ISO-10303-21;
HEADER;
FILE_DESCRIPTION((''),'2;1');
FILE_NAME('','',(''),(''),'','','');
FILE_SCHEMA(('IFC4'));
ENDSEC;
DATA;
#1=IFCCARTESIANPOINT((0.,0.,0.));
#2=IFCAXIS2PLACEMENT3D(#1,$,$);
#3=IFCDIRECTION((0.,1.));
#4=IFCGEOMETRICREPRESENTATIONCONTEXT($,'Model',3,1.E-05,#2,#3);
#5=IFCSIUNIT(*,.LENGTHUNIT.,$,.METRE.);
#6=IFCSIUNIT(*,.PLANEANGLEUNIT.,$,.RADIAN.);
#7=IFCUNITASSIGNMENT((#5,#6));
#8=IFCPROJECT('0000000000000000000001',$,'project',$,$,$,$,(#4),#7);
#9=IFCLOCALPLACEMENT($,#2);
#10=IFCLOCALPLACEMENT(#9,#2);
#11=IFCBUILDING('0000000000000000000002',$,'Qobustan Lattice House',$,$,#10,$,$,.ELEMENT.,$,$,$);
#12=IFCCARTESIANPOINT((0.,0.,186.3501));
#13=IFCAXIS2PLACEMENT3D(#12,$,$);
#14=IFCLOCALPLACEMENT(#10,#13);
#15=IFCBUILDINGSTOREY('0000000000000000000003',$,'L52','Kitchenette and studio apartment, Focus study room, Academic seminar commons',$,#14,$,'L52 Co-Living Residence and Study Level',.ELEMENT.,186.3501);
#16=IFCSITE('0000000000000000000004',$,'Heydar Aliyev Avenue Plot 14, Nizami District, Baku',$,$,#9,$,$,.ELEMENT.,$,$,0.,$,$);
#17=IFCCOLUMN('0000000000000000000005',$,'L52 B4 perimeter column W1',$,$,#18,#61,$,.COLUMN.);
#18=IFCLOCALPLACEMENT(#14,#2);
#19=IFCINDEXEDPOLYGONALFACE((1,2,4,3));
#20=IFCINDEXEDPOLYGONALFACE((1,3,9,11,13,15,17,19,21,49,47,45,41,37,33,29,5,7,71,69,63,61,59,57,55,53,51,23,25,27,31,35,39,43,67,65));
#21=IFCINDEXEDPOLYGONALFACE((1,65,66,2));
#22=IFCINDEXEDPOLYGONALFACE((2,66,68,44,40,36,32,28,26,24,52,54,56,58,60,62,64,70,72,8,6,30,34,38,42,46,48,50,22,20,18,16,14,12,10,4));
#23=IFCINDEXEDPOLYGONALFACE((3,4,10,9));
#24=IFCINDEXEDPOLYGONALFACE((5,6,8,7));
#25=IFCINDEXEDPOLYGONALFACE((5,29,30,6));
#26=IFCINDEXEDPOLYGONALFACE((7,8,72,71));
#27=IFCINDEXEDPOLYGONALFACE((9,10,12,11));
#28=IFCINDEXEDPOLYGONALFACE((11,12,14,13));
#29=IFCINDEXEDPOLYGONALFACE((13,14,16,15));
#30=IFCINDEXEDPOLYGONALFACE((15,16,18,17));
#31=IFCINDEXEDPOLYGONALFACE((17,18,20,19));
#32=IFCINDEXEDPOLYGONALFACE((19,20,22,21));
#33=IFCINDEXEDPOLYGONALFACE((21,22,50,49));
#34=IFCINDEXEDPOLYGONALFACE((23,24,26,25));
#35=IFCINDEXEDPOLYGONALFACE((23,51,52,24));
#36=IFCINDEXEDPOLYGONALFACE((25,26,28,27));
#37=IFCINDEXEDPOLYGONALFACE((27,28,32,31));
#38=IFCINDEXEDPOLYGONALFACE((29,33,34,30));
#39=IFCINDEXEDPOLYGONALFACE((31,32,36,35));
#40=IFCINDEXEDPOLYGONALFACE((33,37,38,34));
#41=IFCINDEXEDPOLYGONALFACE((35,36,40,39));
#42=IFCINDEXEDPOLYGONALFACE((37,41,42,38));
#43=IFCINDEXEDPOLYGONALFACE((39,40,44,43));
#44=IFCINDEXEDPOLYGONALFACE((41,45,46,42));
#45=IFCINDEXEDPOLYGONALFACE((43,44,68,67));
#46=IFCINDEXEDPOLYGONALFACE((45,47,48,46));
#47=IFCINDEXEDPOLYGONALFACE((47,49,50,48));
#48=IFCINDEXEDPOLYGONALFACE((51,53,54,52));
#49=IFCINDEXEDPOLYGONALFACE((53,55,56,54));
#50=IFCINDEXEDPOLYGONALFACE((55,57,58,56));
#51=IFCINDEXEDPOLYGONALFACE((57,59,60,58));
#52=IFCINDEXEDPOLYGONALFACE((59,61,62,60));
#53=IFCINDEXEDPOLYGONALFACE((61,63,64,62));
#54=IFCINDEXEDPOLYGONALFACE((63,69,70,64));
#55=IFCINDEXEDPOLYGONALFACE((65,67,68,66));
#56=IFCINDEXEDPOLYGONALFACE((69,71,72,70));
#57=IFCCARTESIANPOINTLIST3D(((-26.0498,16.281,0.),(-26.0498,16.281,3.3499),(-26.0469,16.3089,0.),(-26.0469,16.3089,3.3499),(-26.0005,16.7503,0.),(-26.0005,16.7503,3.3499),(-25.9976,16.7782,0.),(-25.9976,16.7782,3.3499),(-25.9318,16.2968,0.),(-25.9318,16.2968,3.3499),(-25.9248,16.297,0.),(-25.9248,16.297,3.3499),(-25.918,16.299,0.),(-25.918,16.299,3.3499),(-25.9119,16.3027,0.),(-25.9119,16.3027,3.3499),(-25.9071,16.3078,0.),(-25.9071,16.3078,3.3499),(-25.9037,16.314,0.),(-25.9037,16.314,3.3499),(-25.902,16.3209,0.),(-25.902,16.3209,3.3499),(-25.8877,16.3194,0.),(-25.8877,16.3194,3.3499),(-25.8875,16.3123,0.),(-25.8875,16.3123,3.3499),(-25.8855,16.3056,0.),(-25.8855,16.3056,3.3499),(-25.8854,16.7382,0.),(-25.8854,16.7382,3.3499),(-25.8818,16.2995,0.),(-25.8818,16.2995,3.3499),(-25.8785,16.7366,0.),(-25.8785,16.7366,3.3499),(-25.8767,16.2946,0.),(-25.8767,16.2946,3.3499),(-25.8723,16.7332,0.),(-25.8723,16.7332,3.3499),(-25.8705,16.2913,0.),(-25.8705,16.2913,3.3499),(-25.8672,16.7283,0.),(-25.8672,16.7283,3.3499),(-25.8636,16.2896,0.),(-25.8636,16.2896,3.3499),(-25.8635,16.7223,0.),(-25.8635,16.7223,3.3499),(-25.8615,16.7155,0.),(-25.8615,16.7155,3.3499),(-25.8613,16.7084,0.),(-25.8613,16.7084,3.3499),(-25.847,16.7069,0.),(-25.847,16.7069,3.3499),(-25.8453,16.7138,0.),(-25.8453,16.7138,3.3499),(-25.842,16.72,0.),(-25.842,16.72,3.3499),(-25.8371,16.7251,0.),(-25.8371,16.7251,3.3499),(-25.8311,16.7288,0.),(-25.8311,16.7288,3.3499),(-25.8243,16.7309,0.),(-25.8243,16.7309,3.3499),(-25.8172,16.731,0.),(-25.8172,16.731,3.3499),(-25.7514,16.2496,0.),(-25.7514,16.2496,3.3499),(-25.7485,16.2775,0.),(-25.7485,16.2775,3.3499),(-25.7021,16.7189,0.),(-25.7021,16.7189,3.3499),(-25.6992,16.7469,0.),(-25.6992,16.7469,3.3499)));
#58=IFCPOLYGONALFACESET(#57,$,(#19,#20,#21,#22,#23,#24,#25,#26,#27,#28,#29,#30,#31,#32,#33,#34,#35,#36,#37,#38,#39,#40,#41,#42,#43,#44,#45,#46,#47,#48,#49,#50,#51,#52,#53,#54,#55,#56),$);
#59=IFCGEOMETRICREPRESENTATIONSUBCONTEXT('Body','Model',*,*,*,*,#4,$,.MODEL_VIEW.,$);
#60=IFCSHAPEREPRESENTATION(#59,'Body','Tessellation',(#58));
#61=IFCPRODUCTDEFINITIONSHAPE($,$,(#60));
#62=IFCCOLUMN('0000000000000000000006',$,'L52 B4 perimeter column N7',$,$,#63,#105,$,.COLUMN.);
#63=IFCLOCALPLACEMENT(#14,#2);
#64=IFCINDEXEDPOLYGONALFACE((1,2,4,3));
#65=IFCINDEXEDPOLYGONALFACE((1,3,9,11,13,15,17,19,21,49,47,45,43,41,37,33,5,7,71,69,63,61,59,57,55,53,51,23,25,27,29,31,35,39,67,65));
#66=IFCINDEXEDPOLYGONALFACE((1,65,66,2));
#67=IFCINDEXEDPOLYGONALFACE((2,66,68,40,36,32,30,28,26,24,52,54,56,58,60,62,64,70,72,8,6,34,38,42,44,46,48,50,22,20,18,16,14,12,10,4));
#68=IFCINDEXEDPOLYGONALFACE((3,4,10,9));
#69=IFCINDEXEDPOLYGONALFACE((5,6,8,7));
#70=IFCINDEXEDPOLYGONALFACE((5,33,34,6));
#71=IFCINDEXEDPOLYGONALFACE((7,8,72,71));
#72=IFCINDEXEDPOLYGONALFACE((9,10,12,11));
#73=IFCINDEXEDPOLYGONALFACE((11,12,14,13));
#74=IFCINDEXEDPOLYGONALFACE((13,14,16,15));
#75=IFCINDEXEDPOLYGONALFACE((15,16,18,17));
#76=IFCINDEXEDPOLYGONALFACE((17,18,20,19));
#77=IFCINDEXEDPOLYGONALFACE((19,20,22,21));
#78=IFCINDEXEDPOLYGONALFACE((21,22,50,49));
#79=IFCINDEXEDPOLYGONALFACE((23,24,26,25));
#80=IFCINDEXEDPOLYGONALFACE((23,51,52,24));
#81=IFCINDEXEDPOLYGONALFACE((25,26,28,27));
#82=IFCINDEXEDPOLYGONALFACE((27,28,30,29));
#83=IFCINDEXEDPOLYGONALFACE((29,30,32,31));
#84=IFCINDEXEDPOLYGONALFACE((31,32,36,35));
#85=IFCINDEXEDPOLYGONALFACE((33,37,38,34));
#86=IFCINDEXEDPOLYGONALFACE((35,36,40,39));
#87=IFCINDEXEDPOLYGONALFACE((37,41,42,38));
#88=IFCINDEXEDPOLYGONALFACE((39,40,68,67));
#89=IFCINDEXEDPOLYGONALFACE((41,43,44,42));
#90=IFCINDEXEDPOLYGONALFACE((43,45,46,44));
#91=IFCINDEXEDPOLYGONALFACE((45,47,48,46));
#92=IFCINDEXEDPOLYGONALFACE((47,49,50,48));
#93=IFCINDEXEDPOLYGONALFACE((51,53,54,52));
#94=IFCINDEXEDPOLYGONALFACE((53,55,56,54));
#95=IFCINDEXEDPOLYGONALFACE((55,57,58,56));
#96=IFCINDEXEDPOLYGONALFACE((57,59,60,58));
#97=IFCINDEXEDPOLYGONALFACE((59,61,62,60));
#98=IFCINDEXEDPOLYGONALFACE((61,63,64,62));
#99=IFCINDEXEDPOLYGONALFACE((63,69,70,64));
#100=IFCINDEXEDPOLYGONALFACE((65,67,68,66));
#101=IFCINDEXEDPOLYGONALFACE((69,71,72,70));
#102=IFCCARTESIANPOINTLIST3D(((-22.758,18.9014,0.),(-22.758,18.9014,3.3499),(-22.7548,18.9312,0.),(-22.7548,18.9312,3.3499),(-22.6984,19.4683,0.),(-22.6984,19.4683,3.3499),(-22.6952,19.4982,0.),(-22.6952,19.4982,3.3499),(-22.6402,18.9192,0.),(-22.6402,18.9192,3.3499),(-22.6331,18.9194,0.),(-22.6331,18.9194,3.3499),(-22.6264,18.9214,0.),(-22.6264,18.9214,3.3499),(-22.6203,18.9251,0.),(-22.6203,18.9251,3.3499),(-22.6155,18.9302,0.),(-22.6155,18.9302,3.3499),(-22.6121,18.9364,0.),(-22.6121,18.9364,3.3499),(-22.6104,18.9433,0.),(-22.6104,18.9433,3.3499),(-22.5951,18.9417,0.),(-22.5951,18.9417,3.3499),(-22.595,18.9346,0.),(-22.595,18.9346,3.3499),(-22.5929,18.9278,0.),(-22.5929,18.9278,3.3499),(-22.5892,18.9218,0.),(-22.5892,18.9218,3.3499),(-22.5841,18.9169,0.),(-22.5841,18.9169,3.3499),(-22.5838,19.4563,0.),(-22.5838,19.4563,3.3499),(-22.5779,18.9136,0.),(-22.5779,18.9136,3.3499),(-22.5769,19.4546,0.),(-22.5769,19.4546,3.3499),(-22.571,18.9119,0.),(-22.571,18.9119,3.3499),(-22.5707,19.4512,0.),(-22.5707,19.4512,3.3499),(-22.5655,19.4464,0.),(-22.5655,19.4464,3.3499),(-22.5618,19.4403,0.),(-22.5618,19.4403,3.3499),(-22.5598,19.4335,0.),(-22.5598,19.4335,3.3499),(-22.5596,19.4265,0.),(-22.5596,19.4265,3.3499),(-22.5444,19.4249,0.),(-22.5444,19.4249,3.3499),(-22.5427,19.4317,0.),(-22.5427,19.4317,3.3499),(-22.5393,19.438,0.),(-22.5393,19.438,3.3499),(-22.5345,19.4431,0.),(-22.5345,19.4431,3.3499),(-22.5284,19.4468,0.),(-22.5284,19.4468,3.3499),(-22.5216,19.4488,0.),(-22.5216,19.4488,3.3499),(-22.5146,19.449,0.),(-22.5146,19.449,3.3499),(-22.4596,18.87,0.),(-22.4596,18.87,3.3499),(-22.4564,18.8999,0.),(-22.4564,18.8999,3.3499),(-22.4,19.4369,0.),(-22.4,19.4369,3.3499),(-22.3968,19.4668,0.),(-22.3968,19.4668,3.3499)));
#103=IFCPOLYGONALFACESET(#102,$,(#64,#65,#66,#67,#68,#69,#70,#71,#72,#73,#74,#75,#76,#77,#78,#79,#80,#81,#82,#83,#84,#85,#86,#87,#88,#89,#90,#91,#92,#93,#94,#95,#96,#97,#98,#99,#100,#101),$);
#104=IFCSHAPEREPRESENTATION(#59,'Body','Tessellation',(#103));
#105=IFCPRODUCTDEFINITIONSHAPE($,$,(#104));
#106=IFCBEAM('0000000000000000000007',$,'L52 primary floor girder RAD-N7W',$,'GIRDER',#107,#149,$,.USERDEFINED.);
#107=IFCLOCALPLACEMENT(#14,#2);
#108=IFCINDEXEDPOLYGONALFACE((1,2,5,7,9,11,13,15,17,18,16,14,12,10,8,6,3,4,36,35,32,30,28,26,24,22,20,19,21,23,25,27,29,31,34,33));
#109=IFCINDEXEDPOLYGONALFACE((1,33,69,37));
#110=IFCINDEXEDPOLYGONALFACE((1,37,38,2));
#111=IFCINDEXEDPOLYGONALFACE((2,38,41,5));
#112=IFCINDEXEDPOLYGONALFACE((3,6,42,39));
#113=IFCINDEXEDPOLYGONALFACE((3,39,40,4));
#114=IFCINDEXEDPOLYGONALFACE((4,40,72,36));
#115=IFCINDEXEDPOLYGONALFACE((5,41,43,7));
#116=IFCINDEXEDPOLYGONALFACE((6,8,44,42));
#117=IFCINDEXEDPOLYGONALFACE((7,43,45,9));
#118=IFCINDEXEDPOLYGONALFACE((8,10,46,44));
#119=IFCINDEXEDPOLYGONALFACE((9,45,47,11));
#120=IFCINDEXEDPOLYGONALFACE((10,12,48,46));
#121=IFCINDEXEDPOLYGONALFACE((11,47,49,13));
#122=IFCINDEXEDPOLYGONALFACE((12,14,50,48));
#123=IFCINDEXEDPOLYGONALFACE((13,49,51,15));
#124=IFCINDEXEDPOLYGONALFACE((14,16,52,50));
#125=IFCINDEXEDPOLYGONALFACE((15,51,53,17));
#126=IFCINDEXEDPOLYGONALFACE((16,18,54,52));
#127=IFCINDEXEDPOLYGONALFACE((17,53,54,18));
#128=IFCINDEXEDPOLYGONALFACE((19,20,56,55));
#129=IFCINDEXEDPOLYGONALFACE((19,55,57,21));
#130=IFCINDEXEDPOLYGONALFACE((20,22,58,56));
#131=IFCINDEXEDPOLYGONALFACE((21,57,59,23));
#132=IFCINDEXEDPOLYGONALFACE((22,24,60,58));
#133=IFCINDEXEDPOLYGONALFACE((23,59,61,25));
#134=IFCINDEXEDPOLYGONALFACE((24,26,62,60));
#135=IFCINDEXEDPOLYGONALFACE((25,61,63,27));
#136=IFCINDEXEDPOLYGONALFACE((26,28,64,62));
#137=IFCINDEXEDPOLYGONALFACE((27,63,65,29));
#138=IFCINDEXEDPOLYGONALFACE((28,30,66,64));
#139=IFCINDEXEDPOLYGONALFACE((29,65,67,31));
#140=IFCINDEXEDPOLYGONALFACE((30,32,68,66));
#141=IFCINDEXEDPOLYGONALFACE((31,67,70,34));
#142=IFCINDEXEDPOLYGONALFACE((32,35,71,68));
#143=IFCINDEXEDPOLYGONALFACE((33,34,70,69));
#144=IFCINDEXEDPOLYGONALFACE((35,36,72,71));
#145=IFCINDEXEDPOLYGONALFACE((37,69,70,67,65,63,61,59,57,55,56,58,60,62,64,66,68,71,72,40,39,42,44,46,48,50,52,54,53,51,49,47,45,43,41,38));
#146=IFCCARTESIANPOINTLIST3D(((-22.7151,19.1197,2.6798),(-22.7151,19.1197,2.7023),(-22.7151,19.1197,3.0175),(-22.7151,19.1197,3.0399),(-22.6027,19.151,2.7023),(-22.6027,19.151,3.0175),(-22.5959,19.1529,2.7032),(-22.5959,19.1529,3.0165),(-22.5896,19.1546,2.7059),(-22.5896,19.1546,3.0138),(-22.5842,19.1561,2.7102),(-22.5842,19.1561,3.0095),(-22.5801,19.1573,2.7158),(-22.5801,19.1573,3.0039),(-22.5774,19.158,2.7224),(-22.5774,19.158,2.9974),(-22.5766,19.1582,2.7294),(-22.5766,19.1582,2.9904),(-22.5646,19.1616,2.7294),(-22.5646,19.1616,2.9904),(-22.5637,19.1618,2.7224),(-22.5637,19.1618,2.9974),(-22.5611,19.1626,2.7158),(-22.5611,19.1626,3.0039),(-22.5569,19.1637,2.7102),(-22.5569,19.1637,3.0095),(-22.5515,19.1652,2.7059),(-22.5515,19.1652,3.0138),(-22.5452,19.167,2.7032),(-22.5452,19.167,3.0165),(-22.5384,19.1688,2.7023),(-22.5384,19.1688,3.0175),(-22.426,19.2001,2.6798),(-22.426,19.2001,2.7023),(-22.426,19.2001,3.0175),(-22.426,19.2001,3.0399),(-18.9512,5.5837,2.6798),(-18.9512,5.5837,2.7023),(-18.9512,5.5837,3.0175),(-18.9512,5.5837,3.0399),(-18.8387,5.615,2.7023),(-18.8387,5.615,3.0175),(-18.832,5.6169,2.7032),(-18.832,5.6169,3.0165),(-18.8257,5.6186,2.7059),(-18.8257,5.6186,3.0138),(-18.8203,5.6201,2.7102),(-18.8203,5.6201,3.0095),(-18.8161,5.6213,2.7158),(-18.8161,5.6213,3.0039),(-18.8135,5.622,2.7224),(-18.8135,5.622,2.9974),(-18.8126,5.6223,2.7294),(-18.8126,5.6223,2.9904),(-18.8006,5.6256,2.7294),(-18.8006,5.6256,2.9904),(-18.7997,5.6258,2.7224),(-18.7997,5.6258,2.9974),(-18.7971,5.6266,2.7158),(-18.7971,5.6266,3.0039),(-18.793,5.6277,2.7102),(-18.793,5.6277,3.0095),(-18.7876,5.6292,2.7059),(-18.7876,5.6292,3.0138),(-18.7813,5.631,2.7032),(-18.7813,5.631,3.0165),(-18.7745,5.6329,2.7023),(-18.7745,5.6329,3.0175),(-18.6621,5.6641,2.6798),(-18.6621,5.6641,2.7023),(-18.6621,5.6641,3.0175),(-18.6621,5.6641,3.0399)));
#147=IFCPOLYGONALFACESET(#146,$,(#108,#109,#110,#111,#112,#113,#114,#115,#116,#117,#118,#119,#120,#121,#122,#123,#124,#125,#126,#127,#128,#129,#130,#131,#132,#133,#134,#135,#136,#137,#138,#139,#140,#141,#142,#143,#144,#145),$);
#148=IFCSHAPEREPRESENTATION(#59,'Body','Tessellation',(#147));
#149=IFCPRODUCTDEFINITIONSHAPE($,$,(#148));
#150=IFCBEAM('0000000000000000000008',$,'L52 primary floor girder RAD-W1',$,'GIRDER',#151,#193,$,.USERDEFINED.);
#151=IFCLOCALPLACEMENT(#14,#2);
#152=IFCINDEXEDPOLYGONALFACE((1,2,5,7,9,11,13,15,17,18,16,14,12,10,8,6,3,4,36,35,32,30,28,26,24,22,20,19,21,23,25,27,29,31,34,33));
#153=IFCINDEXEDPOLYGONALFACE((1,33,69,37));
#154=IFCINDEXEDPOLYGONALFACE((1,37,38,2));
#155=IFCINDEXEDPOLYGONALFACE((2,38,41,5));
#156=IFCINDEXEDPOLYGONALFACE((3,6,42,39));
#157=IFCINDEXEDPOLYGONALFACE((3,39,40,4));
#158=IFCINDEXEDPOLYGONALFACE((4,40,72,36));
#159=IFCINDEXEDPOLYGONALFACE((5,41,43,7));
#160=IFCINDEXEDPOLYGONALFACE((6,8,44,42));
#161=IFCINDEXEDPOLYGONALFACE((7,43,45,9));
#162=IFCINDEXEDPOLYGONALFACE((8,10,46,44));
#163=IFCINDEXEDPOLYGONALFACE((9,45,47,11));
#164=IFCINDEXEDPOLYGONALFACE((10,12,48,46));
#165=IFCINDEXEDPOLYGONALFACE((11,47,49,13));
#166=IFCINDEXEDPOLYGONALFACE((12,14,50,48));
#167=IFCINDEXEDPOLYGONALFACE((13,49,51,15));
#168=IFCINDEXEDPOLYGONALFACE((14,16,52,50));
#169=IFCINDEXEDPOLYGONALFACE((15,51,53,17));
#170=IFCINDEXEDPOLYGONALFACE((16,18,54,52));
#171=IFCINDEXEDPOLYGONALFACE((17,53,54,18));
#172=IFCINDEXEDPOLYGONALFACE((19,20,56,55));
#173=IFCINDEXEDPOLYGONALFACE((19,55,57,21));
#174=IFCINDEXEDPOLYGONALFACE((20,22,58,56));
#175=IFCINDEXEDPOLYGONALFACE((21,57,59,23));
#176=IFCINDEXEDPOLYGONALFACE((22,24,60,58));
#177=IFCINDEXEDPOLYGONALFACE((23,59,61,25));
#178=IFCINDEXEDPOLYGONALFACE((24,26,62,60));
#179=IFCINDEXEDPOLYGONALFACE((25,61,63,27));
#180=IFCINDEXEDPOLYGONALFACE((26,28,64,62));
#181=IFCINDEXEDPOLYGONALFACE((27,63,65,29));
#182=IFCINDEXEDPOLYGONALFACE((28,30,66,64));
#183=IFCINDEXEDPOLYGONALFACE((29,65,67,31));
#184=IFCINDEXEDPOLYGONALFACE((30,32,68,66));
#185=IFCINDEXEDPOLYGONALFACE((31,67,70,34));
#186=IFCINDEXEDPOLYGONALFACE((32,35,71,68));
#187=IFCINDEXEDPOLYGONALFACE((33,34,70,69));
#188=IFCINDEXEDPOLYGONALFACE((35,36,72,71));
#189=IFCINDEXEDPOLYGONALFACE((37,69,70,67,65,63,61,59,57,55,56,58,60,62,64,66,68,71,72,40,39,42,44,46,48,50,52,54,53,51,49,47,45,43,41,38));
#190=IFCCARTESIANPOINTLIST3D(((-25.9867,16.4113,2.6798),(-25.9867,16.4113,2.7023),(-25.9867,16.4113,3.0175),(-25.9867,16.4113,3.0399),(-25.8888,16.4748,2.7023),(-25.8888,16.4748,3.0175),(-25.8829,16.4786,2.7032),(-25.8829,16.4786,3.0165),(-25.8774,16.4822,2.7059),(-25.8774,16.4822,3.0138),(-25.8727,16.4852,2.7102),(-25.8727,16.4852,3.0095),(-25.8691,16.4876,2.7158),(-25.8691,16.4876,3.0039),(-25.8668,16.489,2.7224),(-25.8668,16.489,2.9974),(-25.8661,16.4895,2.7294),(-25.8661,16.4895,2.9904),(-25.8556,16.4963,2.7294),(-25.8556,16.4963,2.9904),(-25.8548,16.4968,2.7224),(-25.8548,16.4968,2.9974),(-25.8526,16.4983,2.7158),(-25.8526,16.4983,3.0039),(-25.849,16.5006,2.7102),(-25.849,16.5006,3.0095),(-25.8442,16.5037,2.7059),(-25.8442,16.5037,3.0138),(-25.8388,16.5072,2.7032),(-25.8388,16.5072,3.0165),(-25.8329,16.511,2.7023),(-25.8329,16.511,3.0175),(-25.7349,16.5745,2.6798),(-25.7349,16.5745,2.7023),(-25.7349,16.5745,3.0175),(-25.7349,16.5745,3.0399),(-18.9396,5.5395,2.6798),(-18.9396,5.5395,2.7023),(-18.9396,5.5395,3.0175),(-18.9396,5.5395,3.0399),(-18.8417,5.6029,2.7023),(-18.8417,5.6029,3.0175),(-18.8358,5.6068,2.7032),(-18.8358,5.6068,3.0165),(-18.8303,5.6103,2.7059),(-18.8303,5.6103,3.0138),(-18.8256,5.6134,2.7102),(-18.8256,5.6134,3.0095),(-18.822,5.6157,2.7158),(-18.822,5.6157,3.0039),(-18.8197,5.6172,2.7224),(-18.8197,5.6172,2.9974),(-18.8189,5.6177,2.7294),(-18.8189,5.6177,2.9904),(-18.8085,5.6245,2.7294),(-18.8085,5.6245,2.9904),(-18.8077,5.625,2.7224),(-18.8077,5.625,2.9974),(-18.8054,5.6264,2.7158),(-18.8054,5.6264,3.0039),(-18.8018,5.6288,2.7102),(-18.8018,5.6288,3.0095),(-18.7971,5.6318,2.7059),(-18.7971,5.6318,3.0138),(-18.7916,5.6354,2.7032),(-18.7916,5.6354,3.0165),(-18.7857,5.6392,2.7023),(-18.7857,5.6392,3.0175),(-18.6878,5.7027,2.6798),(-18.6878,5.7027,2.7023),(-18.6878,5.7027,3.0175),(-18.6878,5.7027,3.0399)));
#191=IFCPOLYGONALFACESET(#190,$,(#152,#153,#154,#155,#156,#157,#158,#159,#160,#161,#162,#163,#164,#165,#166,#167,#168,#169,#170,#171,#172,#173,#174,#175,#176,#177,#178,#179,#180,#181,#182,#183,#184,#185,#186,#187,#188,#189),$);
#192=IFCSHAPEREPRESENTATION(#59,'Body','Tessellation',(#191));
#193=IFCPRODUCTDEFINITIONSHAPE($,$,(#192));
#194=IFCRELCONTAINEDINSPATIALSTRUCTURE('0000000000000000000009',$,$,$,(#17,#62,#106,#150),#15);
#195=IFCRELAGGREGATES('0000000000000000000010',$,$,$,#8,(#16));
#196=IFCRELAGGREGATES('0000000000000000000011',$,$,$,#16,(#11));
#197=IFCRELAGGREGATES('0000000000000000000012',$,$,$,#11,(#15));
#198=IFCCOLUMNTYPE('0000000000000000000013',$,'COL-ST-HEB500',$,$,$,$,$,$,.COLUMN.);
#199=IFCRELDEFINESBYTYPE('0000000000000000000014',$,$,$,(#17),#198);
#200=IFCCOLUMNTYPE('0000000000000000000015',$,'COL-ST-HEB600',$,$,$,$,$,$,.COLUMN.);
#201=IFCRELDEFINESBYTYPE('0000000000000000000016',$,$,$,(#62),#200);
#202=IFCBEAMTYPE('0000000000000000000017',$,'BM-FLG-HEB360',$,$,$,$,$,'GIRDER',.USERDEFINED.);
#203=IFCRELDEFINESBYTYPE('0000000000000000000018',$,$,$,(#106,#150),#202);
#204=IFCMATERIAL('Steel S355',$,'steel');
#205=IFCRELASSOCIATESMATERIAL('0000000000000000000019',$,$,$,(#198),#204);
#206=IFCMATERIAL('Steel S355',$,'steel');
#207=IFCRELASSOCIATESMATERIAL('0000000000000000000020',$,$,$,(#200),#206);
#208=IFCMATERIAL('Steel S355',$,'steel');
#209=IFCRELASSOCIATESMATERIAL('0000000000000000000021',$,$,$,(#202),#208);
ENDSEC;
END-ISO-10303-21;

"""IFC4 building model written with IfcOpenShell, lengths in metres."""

from ifc_helpers import new_model, si_unit, direction, frame, origin, origin_2d, place, context, subcontext, project, spatial, i_section, extrude, material, material_profile, profile_set, type_object, element, save


model = new_model("IFC4")

# Units and contexts
model_context = context("Model", 3, precision=1e-05, world=origin(), true_north=direction((0.0, 1.0)))
body_context = subcontext(model_context, "Body", "Model", "MODEL_VIEW")
ifc_project = project(units=[si_unit("LENGTHUNIT", "METRE"), si_unit("PLANEANGLEUNIT", "RADIAN")], contexts=[model_context])

# Site, building, storey
site_placement = place(None, origin())
site = spatial("IfcSite", under=ifc_project, at=site_placement, Name="Heydar Aliyev Avenue Plot 14, Nizami District, Baku", CompositionType="ELEMENT", RefElevation=0.0)
building_placement = place(site_placement, origin())
building = spatial("IfcBuilding", under=site, at=building_placement, Name="Qobustan Lattice House", CompositionType="ELEMENT")
storey_placement = place(building_placement, frame((0.0, 0.0, 186.3501)))
storey = spatial("IfcBuildingStorey", under=building, at=storey_placement, Name="L52", Description="Kitchenette and studio apartment, Focus study room, Academic seminar commons", LongName="L52 Co-Living Residence and Study Level", CompositionType="ELEMENT", Elevation=186.3501)

# Columns
ifc_material_1 = material(Name="Steel S355", Category="steel")
ifc_material_profile_1 = material_profile(ifc_material_1, i_section(OverallWidth=0.3, OverallDepth=0.5, WebThickness=0.0144, FlangeThickness=0.0281, FilletRadius=0.0271, at=origin_2d()), Name="HEB500")
ifc_profile_set_1 = profile_set([ifc_material_profile_1], Name="Steel S355")
column_type_1 = type_object("IfcColumnType", Name="COL-ST-HEB500", PredefinedType="COLUMN", material=ifc_profile_set_1)
column_1_placement = place(storey_placement, frame((-25.8745, 16.5139, 0.0), z_axis=(0.0, 0.0, 1.0), x_axis=(0.994522, -0.104528, 0.0)))
element("IfcColumn", 1, at=column_1_placement, inside=storey, type_object=column_type_1, Name="L52 B4 perimeter column W1", PredefinedType="COLUMN", context=body_context, shape_type="SweptSolid", body=[
    extrude(i_section(OverallWidth=0.3, OverallDepth=0.5, WebThickness=0.0144, FlangeThickness=0.0281, FilletRadius=0.0271, at=origin_2d()), origin(), (0.0, 0.0, 1.0), 3.3499),
])
ifc_material_2 = material(Name="Steel S355", Category="steel")
ifc_material_profile_2 = material_profile(ifc_material_2, i_section(OverallWidth=0.3, OverallDepth=0.6001, WebThickness=0.0154, FlangeThickness=0.03, FilletRadius=0.0271, at=origin_2d()), Name="HEB600")
ifc_profile_set_2 = profile_set([ifc_material_profile_2], Name="Steel S355")
column_type_2 = type_object("IfcColumnType", Name="COL-ST-HEB600", PredefinedType="COLUMN", material=ifc_profile_set_2)
column_2_placement = place(storey_placement, frame((-22.5774, 19.1841, 0.0), z_axis=(0.0, 0.0, 1.0), x_axis=(0.994522, -0.104528, 0.0)))
element("IfcColumn", 2, at=column_2_placement, inside=storey, type_object=column_type_2, Name="L52 B4 perimeter column N7", PredefinedType="COLUMN", context=body_context, shape_type="SweptSolid", body=[
    extrude(i_section(OverallWidth=0.3, OverallDepth=0.6001, WebThickness=0.0154, FlangeThickness=0.03, FilletRadius=0.0271, at=origin_2d()), origin(), (0.0, 0.0, 1.0), 3.3499),
])

# Beams
ifc_material_3 = material(Name="Steel S355", Category="steel")
ifc_material_profile_3 = material_profile(ifc_material_3, i_section(OverallWidth=0.3, OverallDepth=0.3601, WebThickness=0.0125, FlangeThickness=0.0225, FilletRadius=0.0271, at=origin_2d()), Name="HEB360")
ifc_profile_set_3 = profile_set([ifc_material_profile_3], Name="Steel S355")
beam_type_1 = type_object("IfcBeamType", Name="BM-FLG-HEB360", ElementType="GIRDER", PredefinedType="USERDEFINED", material=ifc_profile_set_3)
beam_1_placement = place(storey_placement, frame((-22.5706, 19.1599, 2.8599), z_axis=(0.267905, -0.963445, 0.0), x_axis=(0.963445, 0.267905, 0.0)))
element("IfcBeam", 3, at=beam_1_placement, inside=storey, type_object=beam_type_1, Name="L52 primary floor girder RAD-N7W", ObjectType="GIRDER", PredefinedType="USERDEFINED", context=body_context, shape_type="SweptSolid", body=[
    extrude(i_section(OverallWidth=0.3, OverallDepth=0.3601, WebThickness=0.0125, FlangeThickness=0.0225, FilletRadius=0.0271, at=origin_2d()), origin(), (0.0, 0.0, 1.0), 14.0496),
])
beam_2_placement = place(storey_placement, frame((-25.8608, 16.4929, 2.8599), z_axis=(0.543926, -0.839133, 0.0), x_axis=(0.839133, 0.543926, 0.0)))
element("IfcBeam", 4, at=beam_2_placement, inside=storey, type_object=beam_type_1, Name="L52 primary floor girder RAD-W1", ObjectType="GIRDER", PredefinedType="USERDEFINED", context=body_context, shape_type="SweptSolid", body=[
    extrude(i_section(OverallWidth=0.3, OverallDepth=0.3601, WebThickness=0.0125, FlangeThickness=0.0225, FilletRadius=0.0271, at=origin_2d()), origin(), (0.0, 0.0, 1.0), 12.9561),
])

save(model, "model.ifc")
